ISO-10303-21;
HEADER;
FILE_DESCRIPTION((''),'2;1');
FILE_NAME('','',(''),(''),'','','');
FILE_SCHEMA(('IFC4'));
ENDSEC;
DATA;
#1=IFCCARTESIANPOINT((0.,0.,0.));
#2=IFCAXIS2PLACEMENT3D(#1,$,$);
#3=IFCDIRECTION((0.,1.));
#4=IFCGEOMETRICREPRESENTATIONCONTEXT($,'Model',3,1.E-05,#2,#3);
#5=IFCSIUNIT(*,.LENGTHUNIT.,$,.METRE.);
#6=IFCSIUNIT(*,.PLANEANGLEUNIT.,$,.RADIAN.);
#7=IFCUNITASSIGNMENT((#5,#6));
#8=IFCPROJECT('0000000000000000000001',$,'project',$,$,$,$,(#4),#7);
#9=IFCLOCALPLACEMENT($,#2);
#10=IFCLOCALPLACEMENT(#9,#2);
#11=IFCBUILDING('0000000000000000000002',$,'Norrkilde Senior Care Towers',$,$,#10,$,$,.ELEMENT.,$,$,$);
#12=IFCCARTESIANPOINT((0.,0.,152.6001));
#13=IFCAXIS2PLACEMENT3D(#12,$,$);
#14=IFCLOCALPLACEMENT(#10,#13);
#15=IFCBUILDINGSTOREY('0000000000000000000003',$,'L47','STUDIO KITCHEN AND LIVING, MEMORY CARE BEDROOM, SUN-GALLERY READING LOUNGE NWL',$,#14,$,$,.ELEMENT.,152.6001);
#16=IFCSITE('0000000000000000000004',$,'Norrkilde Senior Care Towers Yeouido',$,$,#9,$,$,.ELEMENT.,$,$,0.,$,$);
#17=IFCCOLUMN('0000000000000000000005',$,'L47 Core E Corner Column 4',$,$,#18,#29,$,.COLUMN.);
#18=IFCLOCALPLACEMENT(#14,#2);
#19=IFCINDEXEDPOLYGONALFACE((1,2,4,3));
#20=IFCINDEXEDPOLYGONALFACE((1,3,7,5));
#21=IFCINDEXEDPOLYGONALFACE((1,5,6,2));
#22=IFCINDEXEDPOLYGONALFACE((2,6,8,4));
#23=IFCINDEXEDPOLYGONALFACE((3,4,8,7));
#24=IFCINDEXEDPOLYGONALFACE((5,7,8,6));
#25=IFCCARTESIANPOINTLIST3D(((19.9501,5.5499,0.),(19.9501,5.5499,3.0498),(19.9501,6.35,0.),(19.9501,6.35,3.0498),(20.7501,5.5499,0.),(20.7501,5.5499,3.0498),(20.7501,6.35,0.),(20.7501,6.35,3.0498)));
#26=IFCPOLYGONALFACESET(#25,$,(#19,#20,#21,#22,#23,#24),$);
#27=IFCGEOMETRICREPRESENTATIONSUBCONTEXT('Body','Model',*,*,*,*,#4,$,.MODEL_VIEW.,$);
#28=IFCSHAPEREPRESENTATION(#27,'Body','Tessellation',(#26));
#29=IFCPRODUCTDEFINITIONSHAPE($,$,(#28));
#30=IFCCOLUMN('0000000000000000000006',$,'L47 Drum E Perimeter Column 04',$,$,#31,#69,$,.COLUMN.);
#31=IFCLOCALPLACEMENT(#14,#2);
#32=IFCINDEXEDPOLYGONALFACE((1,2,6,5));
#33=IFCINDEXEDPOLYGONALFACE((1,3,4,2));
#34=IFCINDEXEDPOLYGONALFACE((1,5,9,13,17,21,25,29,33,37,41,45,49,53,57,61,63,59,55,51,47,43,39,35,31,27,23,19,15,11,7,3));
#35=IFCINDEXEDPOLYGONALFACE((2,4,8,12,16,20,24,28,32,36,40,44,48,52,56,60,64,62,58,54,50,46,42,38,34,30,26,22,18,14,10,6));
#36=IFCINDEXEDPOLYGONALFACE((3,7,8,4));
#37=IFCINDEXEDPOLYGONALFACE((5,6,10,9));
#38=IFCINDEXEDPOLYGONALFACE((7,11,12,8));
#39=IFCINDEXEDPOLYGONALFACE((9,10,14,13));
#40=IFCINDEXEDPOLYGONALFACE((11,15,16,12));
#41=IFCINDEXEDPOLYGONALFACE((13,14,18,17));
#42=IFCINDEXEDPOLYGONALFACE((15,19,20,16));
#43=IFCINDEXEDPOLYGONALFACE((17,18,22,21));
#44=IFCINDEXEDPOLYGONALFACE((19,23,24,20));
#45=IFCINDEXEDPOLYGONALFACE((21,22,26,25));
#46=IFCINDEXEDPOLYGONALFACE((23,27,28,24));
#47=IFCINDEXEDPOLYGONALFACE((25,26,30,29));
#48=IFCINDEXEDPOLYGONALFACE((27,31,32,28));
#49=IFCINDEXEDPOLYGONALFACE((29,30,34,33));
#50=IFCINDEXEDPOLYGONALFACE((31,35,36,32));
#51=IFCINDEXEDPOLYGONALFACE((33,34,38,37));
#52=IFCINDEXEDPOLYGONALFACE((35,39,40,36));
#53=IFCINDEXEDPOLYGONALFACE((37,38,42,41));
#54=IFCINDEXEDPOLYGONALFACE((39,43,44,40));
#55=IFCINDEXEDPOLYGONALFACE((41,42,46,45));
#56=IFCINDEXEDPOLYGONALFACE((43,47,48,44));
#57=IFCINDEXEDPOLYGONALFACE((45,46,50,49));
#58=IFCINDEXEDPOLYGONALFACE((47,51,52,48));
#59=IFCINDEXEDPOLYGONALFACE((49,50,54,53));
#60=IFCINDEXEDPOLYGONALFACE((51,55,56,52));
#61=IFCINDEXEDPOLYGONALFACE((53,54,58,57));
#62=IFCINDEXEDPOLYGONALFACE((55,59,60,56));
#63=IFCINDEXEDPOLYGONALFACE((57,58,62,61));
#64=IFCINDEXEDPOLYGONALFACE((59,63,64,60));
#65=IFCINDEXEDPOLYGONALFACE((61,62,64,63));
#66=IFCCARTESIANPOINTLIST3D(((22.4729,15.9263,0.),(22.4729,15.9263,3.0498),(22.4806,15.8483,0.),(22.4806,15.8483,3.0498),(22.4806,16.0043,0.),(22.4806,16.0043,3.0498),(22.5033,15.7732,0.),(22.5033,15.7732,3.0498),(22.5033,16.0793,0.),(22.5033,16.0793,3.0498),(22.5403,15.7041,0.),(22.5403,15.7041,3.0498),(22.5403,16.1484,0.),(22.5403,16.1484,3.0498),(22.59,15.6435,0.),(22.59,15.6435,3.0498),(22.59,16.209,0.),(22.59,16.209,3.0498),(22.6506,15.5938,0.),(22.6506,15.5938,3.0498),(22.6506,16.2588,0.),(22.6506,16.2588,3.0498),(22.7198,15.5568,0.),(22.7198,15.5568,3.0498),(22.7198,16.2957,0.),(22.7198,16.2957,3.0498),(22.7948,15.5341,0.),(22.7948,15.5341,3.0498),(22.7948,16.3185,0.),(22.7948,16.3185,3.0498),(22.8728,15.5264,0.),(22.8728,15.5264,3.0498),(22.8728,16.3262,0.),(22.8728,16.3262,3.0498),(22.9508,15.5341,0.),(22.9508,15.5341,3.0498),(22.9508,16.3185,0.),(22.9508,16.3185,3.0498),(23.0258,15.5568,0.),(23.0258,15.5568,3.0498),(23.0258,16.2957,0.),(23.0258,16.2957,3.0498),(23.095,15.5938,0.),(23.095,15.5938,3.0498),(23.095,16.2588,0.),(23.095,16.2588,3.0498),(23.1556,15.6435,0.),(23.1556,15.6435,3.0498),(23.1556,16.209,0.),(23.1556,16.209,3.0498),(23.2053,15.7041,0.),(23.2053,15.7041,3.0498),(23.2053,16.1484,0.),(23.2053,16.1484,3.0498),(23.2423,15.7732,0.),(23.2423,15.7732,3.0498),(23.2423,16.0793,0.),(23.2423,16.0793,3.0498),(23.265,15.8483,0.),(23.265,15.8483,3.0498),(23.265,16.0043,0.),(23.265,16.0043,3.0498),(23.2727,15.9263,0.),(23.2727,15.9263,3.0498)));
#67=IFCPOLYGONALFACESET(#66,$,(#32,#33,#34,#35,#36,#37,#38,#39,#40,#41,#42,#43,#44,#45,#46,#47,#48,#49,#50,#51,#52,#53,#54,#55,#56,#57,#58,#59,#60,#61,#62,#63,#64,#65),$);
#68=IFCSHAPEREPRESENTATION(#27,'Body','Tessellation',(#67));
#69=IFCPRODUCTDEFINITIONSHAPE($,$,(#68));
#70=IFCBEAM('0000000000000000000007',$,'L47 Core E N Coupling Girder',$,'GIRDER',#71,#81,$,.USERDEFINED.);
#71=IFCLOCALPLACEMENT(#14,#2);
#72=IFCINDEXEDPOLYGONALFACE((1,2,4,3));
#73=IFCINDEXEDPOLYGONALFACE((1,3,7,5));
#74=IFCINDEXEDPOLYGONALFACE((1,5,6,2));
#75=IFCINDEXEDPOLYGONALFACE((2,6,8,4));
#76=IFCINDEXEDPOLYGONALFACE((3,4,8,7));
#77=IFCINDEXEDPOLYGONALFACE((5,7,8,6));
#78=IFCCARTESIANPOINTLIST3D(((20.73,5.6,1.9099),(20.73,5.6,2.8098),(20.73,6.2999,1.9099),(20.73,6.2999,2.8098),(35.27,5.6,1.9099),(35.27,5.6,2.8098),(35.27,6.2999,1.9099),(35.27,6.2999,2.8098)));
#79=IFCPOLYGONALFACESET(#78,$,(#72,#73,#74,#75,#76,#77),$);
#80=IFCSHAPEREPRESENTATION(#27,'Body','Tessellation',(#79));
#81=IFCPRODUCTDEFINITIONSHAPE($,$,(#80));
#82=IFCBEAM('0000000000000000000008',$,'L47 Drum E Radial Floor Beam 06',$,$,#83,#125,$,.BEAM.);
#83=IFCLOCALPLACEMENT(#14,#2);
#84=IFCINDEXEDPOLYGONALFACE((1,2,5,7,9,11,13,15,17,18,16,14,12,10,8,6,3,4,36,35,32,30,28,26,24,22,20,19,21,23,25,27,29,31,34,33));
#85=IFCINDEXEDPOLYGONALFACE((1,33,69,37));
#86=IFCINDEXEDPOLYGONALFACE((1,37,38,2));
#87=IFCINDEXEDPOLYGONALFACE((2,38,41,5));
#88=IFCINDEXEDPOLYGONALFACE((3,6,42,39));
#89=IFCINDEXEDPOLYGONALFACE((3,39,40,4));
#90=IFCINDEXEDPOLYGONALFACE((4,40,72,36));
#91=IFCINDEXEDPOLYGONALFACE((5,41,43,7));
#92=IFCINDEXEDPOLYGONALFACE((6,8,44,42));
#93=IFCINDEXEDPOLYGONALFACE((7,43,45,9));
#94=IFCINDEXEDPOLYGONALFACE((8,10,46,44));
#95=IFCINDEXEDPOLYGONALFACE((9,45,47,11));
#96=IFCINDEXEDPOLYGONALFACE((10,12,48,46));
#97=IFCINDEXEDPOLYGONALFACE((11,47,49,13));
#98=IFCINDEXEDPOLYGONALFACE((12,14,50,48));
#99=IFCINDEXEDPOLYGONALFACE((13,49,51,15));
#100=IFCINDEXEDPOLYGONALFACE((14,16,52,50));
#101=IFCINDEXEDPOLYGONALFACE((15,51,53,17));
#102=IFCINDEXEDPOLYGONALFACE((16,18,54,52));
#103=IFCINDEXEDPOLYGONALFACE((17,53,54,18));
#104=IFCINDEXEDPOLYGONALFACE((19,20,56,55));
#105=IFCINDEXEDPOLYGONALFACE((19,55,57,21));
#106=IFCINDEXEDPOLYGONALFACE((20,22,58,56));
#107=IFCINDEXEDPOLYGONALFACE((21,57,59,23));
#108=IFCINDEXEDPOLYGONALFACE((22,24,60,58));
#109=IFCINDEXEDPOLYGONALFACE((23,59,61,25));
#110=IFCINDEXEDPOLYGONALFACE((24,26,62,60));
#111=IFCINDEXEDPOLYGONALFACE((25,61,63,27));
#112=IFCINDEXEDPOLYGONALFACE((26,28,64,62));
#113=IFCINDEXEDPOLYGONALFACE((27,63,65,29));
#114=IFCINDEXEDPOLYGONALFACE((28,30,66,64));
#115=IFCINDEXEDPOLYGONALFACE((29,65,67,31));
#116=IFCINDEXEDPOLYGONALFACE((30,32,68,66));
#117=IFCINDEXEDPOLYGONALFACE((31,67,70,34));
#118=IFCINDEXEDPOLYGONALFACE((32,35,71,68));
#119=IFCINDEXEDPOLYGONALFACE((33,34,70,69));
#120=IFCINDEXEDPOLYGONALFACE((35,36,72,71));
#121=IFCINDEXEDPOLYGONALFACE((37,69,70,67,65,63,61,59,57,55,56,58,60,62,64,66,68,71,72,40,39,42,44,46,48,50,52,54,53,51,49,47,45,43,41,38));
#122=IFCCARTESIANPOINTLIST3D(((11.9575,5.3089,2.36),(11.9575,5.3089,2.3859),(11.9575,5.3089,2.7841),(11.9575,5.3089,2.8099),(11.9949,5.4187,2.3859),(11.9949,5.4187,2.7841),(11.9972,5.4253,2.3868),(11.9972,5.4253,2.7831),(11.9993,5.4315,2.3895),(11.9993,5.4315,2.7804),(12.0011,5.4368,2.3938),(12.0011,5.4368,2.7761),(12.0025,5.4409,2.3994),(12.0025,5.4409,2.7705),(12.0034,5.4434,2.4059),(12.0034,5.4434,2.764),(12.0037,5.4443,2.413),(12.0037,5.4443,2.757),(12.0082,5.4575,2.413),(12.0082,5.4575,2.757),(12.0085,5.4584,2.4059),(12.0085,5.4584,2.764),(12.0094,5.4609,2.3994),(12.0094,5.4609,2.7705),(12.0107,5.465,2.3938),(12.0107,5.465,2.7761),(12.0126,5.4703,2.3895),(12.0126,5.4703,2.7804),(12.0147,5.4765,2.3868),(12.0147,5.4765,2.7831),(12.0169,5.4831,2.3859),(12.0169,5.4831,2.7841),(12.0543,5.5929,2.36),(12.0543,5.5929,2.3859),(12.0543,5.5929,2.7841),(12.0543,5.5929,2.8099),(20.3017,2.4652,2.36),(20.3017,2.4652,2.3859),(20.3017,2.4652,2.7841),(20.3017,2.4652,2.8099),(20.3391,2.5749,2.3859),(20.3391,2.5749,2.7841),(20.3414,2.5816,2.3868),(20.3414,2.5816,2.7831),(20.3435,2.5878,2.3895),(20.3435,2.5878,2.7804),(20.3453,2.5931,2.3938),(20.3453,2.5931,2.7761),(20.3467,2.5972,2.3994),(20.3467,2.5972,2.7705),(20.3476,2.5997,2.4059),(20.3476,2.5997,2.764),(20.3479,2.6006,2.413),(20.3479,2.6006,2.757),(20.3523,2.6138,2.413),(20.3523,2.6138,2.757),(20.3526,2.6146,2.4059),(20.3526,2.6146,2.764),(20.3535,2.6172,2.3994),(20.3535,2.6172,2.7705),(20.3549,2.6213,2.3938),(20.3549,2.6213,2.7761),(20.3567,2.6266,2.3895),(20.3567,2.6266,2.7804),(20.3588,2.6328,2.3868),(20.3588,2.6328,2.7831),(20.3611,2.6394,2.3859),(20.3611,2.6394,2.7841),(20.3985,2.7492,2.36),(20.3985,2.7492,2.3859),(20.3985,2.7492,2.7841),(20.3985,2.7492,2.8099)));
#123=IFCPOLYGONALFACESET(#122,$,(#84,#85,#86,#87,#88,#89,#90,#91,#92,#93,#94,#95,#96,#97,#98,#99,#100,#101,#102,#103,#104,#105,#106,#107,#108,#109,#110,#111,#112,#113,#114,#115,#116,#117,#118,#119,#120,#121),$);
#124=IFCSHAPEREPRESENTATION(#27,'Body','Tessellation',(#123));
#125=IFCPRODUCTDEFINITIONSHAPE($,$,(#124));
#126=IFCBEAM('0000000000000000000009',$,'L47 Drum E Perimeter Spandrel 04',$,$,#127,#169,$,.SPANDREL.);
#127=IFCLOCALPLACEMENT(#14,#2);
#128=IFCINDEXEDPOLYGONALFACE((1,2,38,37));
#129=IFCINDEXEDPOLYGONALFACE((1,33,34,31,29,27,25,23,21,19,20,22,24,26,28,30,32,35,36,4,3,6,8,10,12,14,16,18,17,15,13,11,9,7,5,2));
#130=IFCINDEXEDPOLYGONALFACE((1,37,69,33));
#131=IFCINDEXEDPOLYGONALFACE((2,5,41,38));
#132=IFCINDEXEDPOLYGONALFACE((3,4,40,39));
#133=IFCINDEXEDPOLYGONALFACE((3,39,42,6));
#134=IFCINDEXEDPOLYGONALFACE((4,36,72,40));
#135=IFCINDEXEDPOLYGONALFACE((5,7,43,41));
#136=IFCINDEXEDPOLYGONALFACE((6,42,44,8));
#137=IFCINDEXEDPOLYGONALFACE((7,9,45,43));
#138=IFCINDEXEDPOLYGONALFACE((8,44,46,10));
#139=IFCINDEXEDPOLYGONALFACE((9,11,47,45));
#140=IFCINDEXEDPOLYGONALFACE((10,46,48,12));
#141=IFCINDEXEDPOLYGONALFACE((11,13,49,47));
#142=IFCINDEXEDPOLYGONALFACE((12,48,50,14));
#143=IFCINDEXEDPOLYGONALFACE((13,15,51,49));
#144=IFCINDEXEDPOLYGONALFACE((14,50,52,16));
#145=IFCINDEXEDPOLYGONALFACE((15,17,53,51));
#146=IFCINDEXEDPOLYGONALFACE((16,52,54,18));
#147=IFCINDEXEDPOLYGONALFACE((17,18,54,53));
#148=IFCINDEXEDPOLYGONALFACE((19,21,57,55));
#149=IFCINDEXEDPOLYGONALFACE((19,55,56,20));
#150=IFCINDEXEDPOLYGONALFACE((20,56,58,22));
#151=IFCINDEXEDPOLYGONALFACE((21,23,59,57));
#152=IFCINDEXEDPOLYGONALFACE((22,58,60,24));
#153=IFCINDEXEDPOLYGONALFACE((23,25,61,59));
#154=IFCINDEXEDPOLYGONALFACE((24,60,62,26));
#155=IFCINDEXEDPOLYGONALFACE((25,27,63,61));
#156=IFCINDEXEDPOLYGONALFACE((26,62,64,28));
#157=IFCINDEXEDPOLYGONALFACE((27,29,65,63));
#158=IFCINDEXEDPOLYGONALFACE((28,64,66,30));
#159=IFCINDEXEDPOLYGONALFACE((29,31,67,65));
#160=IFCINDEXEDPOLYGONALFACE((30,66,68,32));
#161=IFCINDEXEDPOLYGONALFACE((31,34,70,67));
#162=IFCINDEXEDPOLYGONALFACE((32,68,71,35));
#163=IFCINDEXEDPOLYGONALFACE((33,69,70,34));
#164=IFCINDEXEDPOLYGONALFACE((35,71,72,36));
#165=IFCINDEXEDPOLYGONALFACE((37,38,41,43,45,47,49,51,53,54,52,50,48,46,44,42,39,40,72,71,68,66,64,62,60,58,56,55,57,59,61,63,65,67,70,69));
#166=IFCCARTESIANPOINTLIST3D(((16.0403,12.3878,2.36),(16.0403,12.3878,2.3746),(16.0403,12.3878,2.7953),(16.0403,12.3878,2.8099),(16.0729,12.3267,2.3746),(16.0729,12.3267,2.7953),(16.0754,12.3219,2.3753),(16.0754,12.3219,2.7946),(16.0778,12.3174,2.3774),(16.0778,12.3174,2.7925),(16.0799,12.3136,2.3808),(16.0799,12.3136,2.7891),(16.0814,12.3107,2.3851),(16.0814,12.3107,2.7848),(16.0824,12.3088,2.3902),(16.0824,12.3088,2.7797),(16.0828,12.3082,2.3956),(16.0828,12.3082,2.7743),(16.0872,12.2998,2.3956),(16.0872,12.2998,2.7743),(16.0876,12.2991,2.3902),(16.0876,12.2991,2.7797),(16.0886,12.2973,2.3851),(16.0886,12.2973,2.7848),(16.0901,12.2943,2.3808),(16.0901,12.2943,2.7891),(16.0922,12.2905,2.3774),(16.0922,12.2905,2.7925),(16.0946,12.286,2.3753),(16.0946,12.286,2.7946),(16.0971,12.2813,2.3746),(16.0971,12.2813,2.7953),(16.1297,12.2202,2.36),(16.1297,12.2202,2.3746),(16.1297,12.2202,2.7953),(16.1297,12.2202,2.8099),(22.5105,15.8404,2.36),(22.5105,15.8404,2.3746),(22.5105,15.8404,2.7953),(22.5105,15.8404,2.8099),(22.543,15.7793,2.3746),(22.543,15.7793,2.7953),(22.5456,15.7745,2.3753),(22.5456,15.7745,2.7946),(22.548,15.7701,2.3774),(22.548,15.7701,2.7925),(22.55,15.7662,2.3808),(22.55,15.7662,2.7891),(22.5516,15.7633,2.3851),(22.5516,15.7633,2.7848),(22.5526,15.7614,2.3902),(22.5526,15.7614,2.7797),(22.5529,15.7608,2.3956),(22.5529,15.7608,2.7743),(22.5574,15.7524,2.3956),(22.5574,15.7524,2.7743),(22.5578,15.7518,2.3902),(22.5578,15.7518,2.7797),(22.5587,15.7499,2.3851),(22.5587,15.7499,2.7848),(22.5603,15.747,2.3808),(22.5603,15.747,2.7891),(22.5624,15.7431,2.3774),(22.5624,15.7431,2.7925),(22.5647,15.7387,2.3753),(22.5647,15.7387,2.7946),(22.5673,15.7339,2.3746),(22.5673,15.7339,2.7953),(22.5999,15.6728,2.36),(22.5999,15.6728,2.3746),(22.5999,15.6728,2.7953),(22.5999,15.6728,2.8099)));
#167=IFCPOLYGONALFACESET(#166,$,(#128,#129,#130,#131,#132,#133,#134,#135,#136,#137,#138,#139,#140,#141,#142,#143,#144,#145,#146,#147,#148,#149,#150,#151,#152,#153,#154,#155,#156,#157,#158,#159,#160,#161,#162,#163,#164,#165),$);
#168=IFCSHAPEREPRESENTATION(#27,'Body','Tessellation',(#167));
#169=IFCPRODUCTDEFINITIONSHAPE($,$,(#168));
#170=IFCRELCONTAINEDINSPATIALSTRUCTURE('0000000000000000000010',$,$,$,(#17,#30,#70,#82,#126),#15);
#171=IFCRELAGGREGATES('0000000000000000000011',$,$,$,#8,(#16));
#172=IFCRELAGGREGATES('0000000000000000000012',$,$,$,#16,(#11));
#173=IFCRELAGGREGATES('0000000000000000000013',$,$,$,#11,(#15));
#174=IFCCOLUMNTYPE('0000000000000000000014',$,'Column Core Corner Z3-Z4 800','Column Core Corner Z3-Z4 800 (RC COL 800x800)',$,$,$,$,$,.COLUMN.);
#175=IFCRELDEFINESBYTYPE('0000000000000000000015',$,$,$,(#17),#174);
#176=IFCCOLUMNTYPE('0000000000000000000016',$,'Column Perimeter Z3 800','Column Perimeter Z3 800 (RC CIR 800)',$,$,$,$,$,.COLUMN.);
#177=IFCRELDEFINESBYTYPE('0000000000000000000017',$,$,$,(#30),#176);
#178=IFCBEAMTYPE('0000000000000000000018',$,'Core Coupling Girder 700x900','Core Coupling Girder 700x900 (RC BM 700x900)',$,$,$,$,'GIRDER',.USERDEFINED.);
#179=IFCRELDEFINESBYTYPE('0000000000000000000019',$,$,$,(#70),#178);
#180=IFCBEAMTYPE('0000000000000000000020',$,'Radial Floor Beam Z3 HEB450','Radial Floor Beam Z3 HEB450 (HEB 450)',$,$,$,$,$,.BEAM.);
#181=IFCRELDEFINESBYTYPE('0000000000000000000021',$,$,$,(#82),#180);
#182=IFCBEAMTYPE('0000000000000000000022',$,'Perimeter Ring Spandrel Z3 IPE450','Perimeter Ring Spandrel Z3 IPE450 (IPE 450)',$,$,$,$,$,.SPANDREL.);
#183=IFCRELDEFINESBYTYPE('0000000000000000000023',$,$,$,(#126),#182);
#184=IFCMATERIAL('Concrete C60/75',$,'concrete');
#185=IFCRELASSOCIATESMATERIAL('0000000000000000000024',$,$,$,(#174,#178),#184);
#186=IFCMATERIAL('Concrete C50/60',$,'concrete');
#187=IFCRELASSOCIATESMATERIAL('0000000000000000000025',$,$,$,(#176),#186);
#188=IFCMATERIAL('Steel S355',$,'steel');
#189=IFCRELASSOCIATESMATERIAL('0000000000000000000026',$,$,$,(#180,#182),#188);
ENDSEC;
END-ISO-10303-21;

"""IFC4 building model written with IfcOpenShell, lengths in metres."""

from ifc_helpers import new_model, si_unit, direction, frame, origin, origin_2d, place, context, subcontext, project, spatial, rectangle, circle, i_section, extrude, source, transform, mapped, material, material_profile, profile_set, type_object, type_shapes, element, save


model = new_model("IFC4")

# Units and contexts
model_context = context("Model", 3, precision=1e-05, world=origin(), true_north=direction((0.0, 1.0)))
body_context = subcontext(model_context, "Body", "Model", "MODEL_VIEW")
ifc_project = project(units=[si_unit("LENGTHUNIT", "METRE"), si_unit("PLANEANGLEUNIT", "RADIAN")], contexts=[model_context])

# Site, building, storey
site_placement = place(None, origin())
site = spatial("IfcSite", under=ifc_project, at=site_placement, Name="Norrkilde Senior Care Towers Yeouido", CompositionType="ELEMENT", RefElevation=0.0)
building_placement = place(site_placement, origin())
building = spatial("IfcBuilding", under=site, at=building_placement, Name="Norrkilde Senior Care Towers", CompositionType="ELEMENT")
storey_placement = place(building_placement, frame((0.0, 0.0, 152.6001)))
storey = spatial("IfcBuildingStorey", under=building, at=storey_placement, Name="L47", Description="STUDIO KITCHEN AND LIVING, MEMORY CARE BEDROOM, SUN-GALLERY READING LOUNGE NWL", CompositionType="ELEMENT", Elevation=152.6001)

# Columns
ifc_material_1 = material(Name="Concrete C60/75", Category="concrete")
ifc_material_profile_1 = material_profile(ifc_material_1, rectangle(XDim=0.8, YDim=0.8, at=origin_2d()), Name="RC COL 800x800")
ifc_profile_set_1 = profile_set([ifc_material_profile_1], Name="Concrete C60/75")
column_type_1 = type_object("IfcColumnType", Name="Column Core Corner Z3-Z4 800", Description="Column Core Corner Z3-Z4 800 (RC COL 800x800)", PredefinedType="COLUMN", material=ifc_profile_set_1)
shared_shape_1 = source(origin(), body_context, "Body", "SweptSolid", [
    extrude(rectangle(XDim=0.8, YDim=0.8, at=origin_2d()), origin(), (0.0, 0.0, 1.0), 3.0498),
])
type_shapes(column_type_1, [shared_shape_1])
column_1_placement = place(storey_placement, frame((20.3501, 5.95, 0.0), z_axis=(0.0, 0.0, 1.0), x_axis=(1.0, 0.0, 0.0)))
element("IfcColumn", 1, at=column_1_placement, inside=storey, type_object=column_type_1, Name="L47 Core E Corner Column 4", PredefinedType="COLUMN", context=body_context, shape_type="MappedRepresentation", body=[
    mapped(shared_shape_1, transform((0.0, 0.0, 0.0), x_axis=(1.0, 0.0, 0.0), y_axis=(0.0, 1.0, 0.0), z_axis=(0.0, 0.0, 1.0), scale=1.0)),
])
ifc_material_2 = material(Name="Concrete C50/60", Category="concrete")
ifc_material_profile_2 = material_profile(ifc_material_2, circle(Radius=0.3999, at=origin_2d()), Name="RC CIR 800")
ifc_profile_set_2 = profile_set([ifc_material_profile_2], Name="Concrete C50/60")
column_type_2 = type_object("IfcColumnType", Name="Column Perimeter Z3 800", Description="Column Perimeter Z3 800 (RC CIR 800)", PredefinedType="COLUMN", material=ifc_profile_set_2)
shared_shape_2 = source(origin(), body_context, "Body", "SweptSolid", [
    extrude(circle(Radius=0.3999, at=origin_2d()), origin(), (0.0, 0.0, 1.0), 3.0498),
])
type_shapes(column_type_2, [shared_shape_2])
column_2_placement = place(storey_placement, frame((22.8728, 15.9263, 0.0), z_axis=(0.0, 0.0, 1.0), x_axis=(1.0, 0.0, 0.0)))
element("IfcColumn", 2, at=column_2_placement, inside=storey, type_object=column_type_2, Name="L47 Drum E Perimeter Column 04", PredefinedType="COLUMN", context=body_context, shape_type="MappedRepresentation", body=[
    mapped(shared_shape_2, transform((0.0, 0.0, 0.0), x_axis=(1.0, 0.0, 0.0), y_axis=(0.0, 1.0, 0.0), z_axis=(0.0, 0.0, 1.0), scale=1.0)),
])

# Beams
ifc_material_profile_3 = material_profile(ifc_material_1, rectangle(XDim=0.7, YDim=0.8999, at=origin_2d()), Name="RC BM 700x900")
ifc_profile_set_3 = profile_set([ifc_material_profile_3], Name="Concrete C60/75")
beam_type_1 = type_object("IfcBeamType", Name="Core Coupling Girder 700x900", Description="Core Coupling Girder 700x900 (RC BM 700x900)", ElementType="GIRDER", PredefinedType="USERDEFINED", material=ifc_profile_set_3)
shared_shape_3 = source(origin(), body_context, "Body", "SweptSolid", [
    extrude(rectangle(XDim=0.7, YDim=0.8999, at=origin_2d()), origin(), (0.0, 0.0, 1.0), 14.54),
])
type_shapes(beam_type_1, [shared_shape_3])
beam_1_placement = place(storey_placement, frame((20.73, 5.95, 2.3599), z_axis=(1.0, 0.0, 0.0), x_axis=(0.0, 1.0, 0.0)))
element("IfcBeam", 3, at=beam_1_placement, inside=storey, type_object=beam_type_1, Name="L47 Core E N Coupling Girder", ObjectType="GIRDER", PredefinedType="USERDEFINED", context=body_context, shape_type="MappedRepresentation", body=[
    mapped(shared_shape_3, transform((0.0, 0.0, 0.0), x_axis=(1.0, 0.0, 0.0), y_axis=(0.0, 1.0, 0.0), z_axis=(0.0, 0.0, 1.0), scale=1.0)),
])
ifc_material_3 = material(Name="Steel S355", Category="steel")
ifc_material_profile_4 = material_profile(ifc_material_3, i_section(OverallWidth=0.3, OverallDepth=0.45, WebThickness=0.0139, FlangeThickness=0.0259, FilletRadius=0.0271, at=origin_2d()), Name="HEB 450")
ifc_profile_set_4 = profile_set([ifc_material_profile_4], Name="Steel S355")
beam_type_2 = type_object("IfcBeamType", Name="Radial Floor Beam Z3 HEB450", Description="Radial Floor Beam Z3 HEB450 (HEB 450)", PredefinedType="BEAM", material=ifc_profile_set_4)
shared_shape_4 = source(origin(), body_context, "Body", "SweptSolid", [
    extrude(i_section(OverallWidth=0.3, OverallDepth=0.45, WebThickness=0.0139, FlangeThickness=0.0259, FilletRadius=0.0271, at=origin_2d()), origin(), (0.0, 0.0, 1.0), 8.8154),
])
beam_2_placement = place(storey_placement, frame((20.3501, 2.6072, 2.585), z_axis=(-0.946541, 0.322585, 0.0), x_axis=(-0.322585, -0.946541, 0.0)))
element("IfcBeam", 4, at=beam_2_placement, inside=storey, type_object=beam_type_2, Name="L47 Drum E Radial Floor Beam 06", PredefinedType="BEAM", context=body_context, shape_type="MappedRepresentation", body=[
    mapped(shared_shape_4, transform((0.0, 0.0, 0.0), x_axis=(1.0, 0.0, 0.0), y_axis=(0.0, 1.0, 0.0), z_axis=(0.0, 0.0, 1.0), scale=1.0)),
])
ifc_material_profile_5 = material_profile(ifc_material_3, i_section(OverallWidth=0.1899, OverallDepth=0.45, WebThickness=0.0095, FlangeThickness=0.0146, FilletRadius=0.021, at=origin_2d()), Name="IPE 450")
ifc_profile_set_5 = profile_set([ifc_material_profile_5], Name="Steel S355")
beam_type_3 = type_object("IfcBeamType", Name="Perimeter Ring Spandrel Z3 IPE450", Description="Perimeter Ring Spandrel Z3 IPE450 (IPE 450)", PredefinedType="SPANDREL", material=ifc_profile_set_5)
shared_shape_5 = source(origin(), body_context, "Body", "SweptSolid", [
    extrude(i_section(OverallWidth=0.1899, OverallDepth=0.45, WebThickness=0.0095, FlangeThickness=0.0146, FilletRadius=0.021, at=origin_2d()), origin(), (0.0, 0.0, 1.0), 7.3337),
])
type_shapes(beam_type_3, [shared_shape_5])
beam_3_placement = place(storey_placement, frame((22.5552, 15.7566, 2.585), z_axis=(-0.882248, -0.470785, 0.0), x_axis=(0.470785, -0.882248, 0.0)))
element("IfcBeam", 5, at=beam_3_placement, inside=storey, type_object=beam_type_3, Name="L47 Drum E Perimeter Spandrel 04", PredefinedType="SPANDREL", context=body_context, shape_type="MappedRepresentation", body=[
    mapped(shared_shape_5, transform((0.0, 0.0, 0.0), x_axis=(1.0, 0.0, 0.0), y_axis=(0.0, 1.0, 0.0), z_axis=(0.0, 0.0, 1.0), scale=1.0)),
])

save(model, "model.ifc")
